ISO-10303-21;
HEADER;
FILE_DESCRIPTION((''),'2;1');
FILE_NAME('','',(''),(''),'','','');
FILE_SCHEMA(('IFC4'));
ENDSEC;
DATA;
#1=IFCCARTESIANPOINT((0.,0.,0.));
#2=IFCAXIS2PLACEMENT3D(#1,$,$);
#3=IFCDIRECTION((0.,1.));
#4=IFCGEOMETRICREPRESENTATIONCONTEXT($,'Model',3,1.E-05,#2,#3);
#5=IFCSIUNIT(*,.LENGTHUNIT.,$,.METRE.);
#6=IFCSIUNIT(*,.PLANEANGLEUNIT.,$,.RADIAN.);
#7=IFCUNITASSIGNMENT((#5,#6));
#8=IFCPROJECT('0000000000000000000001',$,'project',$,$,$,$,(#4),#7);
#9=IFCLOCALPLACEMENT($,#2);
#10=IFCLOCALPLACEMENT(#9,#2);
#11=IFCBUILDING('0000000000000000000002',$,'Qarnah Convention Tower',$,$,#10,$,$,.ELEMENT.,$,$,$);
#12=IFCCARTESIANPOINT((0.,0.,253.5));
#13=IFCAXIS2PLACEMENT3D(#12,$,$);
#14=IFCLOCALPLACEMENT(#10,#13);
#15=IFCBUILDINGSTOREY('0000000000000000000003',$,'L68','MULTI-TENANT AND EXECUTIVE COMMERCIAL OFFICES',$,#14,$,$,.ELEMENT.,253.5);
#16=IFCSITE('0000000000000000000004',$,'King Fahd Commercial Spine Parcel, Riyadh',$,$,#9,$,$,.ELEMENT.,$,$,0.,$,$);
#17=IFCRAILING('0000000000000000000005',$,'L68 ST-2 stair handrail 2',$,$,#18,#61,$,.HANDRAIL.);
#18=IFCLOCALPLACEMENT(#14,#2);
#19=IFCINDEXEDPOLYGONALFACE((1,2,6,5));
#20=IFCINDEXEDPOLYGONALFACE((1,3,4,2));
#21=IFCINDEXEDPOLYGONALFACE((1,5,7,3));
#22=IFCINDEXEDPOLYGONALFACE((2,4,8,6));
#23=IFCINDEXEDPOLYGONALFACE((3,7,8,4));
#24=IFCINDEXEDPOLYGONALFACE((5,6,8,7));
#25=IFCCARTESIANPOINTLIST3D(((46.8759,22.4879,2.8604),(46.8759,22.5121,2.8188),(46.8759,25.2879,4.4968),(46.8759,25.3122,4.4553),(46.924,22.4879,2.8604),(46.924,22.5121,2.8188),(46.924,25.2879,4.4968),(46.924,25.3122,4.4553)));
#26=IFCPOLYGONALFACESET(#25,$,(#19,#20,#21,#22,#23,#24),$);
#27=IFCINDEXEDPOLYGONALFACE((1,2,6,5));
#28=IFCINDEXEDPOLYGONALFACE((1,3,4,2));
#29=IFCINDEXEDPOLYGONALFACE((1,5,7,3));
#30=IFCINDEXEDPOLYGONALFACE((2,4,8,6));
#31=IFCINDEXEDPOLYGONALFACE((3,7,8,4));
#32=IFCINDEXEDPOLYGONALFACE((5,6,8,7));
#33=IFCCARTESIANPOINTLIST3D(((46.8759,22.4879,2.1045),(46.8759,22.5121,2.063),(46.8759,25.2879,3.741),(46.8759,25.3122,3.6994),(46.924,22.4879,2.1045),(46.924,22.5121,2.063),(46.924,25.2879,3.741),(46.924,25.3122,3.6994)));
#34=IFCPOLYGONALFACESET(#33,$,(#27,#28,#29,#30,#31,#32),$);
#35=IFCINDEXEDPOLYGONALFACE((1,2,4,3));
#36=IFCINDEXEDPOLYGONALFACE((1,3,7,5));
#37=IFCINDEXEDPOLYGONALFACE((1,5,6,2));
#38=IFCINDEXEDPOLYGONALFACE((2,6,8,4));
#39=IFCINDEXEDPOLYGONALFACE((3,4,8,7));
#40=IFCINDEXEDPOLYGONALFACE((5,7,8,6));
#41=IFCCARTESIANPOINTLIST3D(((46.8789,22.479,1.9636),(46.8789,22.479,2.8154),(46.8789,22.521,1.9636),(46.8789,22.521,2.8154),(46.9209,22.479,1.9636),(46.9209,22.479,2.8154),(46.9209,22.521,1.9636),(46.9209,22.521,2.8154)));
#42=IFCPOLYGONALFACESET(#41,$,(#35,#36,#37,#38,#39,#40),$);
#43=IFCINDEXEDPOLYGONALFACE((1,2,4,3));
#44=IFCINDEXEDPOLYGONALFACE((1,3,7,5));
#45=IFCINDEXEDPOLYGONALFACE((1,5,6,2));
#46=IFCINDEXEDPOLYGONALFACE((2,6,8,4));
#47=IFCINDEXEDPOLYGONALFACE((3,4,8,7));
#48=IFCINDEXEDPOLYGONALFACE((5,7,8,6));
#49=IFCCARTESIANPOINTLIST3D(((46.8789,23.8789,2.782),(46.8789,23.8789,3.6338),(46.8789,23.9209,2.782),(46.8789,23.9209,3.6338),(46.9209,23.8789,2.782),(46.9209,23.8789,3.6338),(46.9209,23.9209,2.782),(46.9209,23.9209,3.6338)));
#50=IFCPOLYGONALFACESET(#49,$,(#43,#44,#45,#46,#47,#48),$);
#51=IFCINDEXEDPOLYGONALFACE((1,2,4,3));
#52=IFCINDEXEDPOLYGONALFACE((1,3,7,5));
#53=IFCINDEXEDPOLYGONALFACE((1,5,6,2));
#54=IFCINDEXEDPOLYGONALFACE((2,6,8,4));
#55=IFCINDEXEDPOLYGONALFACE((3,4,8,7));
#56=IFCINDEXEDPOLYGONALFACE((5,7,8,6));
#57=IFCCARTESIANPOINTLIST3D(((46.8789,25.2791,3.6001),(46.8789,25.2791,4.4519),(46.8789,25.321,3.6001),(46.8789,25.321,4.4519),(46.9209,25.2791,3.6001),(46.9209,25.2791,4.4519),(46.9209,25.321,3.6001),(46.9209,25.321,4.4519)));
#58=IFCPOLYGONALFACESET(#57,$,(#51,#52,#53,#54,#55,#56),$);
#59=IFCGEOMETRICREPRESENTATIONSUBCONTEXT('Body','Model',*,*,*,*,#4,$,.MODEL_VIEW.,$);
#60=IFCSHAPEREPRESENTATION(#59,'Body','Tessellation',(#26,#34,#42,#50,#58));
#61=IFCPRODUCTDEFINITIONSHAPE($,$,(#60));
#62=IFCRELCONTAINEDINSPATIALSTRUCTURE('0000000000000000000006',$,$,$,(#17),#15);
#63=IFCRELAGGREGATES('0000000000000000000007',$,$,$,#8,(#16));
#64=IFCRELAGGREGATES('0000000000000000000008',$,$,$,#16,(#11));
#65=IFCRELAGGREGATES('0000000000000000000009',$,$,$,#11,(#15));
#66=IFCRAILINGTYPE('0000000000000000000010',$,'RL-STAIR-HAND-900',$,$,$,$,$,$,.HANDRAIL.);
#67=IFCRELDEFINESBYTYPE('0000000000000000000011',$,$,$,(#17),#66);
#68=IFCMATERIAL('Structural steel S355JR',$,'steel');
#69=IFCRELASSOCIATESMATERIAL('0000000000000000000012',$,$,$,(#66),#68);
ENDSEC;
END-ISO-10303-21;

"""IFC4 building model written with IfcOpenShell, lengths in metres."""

from ifc_helpers import new_model, si_unit, direction, frame, origin, origin_2d, place, context, subcontext, project, spatial, rectangle, extrude, material, type_object, element, save


model = new_model("IFC4")

# Units and contexts
model_context = context("Model", 3, precision=1e-05, world=origin(), true_north=direction((0.0, 1.0)))
body_context = subcontext(model_context, "Body", "Model", "MODEL_VIEW")
ifc_project = project(units=[si_unit("LENGTHUNIT", "METRE"), si_unit("PLANEANGLEUNIT", "RADIAN")], contexts=[model_context])

# Site, building, storey
site_placement = place(None, origin())
site = spatial("IfcSite", under=ifc_project, at=site_placement, Name="King Fahd Commercial Spine Parcel, Riyadh", CompositionType="ELEMENT", RefElevation=0.0)
building_placement = place(site_placement, origin())
building = spatial("IfcBuilding", under=site, at=building_placement, Name="Qarnah Convention Tower", CompositionType="ELEMENT")
storey_placement = place(building_placement, frame((0.0, 0.0, 253.5)))
storey = spatial("IfcBuildingStorey", under=building, at=storey_placement, Name="L68", Description="MULTI-TENANT AND EXECUTIVE COMMERCIAL OFFICES", CompositionType="ELEMENT", Elevation=253.5)

# Shared definitions
ifc_material_1 = material(Name="Structural steel S355JR", Category="steel")

# Railing
railing_type_1 = type_object("IfcRailingType", Name="RL-STAIR-HAND-900", PredefinedType="HANDRAIL", material=ifc_material_1)
railing_1_placement = place(storey_placement, frame((46.8999, 22.5, 1.9636)))
element("IfcRailing", 1, at=railing_1_placement, inside=storey, type_object=railing_type_1, Name="L68 ST-2 stair handrail 2", PredefinedType="HANDRAIL", context=body_context, shape_type="SweptSolid", body=[
    extrude(rectangle(XDim=0.0481, YDim=0.0481, at=origin_2d()), frame((0.0, 0.0, 0.876), z_axis=(0.0, 0.863361, 0.504587), x_axis=(-1.0, 0.0, 0.0)), (0.0, 0.0, 1.0), 3.2432),
    extrude(rectangle(XDim=0.0481, YDim=0.0481, at=origin_2d()), frame((0.0, 0.0, 0.1201), z_axis=(0.0, 0.863361, 0.504587), x_axis=(-1.0, 0.0, 0.0)), (0.0, 0.0, 1.0), 3.2432),
    extrude(rectangle(XDim=0.042, YDim=0.042, at=origin_2d()), origin(), (0.0, 0.0, 1.0), 0.8518),
    extrude(rectangle(XDim=0.042, YDim=0.042, at=origin_2d()), frame((0.0, 1.3999, 0.8184)), (0.0, 0.0, 1.0), 0.8518),
    extrude(rectangle(XDim=0.042, YDim=0.042, at=origin_2d()), frame((0.0, 2.8, 1.6365)), (0.0, 0.0, 1.0), 0.8518),
])

save(model, "model.ifc")
